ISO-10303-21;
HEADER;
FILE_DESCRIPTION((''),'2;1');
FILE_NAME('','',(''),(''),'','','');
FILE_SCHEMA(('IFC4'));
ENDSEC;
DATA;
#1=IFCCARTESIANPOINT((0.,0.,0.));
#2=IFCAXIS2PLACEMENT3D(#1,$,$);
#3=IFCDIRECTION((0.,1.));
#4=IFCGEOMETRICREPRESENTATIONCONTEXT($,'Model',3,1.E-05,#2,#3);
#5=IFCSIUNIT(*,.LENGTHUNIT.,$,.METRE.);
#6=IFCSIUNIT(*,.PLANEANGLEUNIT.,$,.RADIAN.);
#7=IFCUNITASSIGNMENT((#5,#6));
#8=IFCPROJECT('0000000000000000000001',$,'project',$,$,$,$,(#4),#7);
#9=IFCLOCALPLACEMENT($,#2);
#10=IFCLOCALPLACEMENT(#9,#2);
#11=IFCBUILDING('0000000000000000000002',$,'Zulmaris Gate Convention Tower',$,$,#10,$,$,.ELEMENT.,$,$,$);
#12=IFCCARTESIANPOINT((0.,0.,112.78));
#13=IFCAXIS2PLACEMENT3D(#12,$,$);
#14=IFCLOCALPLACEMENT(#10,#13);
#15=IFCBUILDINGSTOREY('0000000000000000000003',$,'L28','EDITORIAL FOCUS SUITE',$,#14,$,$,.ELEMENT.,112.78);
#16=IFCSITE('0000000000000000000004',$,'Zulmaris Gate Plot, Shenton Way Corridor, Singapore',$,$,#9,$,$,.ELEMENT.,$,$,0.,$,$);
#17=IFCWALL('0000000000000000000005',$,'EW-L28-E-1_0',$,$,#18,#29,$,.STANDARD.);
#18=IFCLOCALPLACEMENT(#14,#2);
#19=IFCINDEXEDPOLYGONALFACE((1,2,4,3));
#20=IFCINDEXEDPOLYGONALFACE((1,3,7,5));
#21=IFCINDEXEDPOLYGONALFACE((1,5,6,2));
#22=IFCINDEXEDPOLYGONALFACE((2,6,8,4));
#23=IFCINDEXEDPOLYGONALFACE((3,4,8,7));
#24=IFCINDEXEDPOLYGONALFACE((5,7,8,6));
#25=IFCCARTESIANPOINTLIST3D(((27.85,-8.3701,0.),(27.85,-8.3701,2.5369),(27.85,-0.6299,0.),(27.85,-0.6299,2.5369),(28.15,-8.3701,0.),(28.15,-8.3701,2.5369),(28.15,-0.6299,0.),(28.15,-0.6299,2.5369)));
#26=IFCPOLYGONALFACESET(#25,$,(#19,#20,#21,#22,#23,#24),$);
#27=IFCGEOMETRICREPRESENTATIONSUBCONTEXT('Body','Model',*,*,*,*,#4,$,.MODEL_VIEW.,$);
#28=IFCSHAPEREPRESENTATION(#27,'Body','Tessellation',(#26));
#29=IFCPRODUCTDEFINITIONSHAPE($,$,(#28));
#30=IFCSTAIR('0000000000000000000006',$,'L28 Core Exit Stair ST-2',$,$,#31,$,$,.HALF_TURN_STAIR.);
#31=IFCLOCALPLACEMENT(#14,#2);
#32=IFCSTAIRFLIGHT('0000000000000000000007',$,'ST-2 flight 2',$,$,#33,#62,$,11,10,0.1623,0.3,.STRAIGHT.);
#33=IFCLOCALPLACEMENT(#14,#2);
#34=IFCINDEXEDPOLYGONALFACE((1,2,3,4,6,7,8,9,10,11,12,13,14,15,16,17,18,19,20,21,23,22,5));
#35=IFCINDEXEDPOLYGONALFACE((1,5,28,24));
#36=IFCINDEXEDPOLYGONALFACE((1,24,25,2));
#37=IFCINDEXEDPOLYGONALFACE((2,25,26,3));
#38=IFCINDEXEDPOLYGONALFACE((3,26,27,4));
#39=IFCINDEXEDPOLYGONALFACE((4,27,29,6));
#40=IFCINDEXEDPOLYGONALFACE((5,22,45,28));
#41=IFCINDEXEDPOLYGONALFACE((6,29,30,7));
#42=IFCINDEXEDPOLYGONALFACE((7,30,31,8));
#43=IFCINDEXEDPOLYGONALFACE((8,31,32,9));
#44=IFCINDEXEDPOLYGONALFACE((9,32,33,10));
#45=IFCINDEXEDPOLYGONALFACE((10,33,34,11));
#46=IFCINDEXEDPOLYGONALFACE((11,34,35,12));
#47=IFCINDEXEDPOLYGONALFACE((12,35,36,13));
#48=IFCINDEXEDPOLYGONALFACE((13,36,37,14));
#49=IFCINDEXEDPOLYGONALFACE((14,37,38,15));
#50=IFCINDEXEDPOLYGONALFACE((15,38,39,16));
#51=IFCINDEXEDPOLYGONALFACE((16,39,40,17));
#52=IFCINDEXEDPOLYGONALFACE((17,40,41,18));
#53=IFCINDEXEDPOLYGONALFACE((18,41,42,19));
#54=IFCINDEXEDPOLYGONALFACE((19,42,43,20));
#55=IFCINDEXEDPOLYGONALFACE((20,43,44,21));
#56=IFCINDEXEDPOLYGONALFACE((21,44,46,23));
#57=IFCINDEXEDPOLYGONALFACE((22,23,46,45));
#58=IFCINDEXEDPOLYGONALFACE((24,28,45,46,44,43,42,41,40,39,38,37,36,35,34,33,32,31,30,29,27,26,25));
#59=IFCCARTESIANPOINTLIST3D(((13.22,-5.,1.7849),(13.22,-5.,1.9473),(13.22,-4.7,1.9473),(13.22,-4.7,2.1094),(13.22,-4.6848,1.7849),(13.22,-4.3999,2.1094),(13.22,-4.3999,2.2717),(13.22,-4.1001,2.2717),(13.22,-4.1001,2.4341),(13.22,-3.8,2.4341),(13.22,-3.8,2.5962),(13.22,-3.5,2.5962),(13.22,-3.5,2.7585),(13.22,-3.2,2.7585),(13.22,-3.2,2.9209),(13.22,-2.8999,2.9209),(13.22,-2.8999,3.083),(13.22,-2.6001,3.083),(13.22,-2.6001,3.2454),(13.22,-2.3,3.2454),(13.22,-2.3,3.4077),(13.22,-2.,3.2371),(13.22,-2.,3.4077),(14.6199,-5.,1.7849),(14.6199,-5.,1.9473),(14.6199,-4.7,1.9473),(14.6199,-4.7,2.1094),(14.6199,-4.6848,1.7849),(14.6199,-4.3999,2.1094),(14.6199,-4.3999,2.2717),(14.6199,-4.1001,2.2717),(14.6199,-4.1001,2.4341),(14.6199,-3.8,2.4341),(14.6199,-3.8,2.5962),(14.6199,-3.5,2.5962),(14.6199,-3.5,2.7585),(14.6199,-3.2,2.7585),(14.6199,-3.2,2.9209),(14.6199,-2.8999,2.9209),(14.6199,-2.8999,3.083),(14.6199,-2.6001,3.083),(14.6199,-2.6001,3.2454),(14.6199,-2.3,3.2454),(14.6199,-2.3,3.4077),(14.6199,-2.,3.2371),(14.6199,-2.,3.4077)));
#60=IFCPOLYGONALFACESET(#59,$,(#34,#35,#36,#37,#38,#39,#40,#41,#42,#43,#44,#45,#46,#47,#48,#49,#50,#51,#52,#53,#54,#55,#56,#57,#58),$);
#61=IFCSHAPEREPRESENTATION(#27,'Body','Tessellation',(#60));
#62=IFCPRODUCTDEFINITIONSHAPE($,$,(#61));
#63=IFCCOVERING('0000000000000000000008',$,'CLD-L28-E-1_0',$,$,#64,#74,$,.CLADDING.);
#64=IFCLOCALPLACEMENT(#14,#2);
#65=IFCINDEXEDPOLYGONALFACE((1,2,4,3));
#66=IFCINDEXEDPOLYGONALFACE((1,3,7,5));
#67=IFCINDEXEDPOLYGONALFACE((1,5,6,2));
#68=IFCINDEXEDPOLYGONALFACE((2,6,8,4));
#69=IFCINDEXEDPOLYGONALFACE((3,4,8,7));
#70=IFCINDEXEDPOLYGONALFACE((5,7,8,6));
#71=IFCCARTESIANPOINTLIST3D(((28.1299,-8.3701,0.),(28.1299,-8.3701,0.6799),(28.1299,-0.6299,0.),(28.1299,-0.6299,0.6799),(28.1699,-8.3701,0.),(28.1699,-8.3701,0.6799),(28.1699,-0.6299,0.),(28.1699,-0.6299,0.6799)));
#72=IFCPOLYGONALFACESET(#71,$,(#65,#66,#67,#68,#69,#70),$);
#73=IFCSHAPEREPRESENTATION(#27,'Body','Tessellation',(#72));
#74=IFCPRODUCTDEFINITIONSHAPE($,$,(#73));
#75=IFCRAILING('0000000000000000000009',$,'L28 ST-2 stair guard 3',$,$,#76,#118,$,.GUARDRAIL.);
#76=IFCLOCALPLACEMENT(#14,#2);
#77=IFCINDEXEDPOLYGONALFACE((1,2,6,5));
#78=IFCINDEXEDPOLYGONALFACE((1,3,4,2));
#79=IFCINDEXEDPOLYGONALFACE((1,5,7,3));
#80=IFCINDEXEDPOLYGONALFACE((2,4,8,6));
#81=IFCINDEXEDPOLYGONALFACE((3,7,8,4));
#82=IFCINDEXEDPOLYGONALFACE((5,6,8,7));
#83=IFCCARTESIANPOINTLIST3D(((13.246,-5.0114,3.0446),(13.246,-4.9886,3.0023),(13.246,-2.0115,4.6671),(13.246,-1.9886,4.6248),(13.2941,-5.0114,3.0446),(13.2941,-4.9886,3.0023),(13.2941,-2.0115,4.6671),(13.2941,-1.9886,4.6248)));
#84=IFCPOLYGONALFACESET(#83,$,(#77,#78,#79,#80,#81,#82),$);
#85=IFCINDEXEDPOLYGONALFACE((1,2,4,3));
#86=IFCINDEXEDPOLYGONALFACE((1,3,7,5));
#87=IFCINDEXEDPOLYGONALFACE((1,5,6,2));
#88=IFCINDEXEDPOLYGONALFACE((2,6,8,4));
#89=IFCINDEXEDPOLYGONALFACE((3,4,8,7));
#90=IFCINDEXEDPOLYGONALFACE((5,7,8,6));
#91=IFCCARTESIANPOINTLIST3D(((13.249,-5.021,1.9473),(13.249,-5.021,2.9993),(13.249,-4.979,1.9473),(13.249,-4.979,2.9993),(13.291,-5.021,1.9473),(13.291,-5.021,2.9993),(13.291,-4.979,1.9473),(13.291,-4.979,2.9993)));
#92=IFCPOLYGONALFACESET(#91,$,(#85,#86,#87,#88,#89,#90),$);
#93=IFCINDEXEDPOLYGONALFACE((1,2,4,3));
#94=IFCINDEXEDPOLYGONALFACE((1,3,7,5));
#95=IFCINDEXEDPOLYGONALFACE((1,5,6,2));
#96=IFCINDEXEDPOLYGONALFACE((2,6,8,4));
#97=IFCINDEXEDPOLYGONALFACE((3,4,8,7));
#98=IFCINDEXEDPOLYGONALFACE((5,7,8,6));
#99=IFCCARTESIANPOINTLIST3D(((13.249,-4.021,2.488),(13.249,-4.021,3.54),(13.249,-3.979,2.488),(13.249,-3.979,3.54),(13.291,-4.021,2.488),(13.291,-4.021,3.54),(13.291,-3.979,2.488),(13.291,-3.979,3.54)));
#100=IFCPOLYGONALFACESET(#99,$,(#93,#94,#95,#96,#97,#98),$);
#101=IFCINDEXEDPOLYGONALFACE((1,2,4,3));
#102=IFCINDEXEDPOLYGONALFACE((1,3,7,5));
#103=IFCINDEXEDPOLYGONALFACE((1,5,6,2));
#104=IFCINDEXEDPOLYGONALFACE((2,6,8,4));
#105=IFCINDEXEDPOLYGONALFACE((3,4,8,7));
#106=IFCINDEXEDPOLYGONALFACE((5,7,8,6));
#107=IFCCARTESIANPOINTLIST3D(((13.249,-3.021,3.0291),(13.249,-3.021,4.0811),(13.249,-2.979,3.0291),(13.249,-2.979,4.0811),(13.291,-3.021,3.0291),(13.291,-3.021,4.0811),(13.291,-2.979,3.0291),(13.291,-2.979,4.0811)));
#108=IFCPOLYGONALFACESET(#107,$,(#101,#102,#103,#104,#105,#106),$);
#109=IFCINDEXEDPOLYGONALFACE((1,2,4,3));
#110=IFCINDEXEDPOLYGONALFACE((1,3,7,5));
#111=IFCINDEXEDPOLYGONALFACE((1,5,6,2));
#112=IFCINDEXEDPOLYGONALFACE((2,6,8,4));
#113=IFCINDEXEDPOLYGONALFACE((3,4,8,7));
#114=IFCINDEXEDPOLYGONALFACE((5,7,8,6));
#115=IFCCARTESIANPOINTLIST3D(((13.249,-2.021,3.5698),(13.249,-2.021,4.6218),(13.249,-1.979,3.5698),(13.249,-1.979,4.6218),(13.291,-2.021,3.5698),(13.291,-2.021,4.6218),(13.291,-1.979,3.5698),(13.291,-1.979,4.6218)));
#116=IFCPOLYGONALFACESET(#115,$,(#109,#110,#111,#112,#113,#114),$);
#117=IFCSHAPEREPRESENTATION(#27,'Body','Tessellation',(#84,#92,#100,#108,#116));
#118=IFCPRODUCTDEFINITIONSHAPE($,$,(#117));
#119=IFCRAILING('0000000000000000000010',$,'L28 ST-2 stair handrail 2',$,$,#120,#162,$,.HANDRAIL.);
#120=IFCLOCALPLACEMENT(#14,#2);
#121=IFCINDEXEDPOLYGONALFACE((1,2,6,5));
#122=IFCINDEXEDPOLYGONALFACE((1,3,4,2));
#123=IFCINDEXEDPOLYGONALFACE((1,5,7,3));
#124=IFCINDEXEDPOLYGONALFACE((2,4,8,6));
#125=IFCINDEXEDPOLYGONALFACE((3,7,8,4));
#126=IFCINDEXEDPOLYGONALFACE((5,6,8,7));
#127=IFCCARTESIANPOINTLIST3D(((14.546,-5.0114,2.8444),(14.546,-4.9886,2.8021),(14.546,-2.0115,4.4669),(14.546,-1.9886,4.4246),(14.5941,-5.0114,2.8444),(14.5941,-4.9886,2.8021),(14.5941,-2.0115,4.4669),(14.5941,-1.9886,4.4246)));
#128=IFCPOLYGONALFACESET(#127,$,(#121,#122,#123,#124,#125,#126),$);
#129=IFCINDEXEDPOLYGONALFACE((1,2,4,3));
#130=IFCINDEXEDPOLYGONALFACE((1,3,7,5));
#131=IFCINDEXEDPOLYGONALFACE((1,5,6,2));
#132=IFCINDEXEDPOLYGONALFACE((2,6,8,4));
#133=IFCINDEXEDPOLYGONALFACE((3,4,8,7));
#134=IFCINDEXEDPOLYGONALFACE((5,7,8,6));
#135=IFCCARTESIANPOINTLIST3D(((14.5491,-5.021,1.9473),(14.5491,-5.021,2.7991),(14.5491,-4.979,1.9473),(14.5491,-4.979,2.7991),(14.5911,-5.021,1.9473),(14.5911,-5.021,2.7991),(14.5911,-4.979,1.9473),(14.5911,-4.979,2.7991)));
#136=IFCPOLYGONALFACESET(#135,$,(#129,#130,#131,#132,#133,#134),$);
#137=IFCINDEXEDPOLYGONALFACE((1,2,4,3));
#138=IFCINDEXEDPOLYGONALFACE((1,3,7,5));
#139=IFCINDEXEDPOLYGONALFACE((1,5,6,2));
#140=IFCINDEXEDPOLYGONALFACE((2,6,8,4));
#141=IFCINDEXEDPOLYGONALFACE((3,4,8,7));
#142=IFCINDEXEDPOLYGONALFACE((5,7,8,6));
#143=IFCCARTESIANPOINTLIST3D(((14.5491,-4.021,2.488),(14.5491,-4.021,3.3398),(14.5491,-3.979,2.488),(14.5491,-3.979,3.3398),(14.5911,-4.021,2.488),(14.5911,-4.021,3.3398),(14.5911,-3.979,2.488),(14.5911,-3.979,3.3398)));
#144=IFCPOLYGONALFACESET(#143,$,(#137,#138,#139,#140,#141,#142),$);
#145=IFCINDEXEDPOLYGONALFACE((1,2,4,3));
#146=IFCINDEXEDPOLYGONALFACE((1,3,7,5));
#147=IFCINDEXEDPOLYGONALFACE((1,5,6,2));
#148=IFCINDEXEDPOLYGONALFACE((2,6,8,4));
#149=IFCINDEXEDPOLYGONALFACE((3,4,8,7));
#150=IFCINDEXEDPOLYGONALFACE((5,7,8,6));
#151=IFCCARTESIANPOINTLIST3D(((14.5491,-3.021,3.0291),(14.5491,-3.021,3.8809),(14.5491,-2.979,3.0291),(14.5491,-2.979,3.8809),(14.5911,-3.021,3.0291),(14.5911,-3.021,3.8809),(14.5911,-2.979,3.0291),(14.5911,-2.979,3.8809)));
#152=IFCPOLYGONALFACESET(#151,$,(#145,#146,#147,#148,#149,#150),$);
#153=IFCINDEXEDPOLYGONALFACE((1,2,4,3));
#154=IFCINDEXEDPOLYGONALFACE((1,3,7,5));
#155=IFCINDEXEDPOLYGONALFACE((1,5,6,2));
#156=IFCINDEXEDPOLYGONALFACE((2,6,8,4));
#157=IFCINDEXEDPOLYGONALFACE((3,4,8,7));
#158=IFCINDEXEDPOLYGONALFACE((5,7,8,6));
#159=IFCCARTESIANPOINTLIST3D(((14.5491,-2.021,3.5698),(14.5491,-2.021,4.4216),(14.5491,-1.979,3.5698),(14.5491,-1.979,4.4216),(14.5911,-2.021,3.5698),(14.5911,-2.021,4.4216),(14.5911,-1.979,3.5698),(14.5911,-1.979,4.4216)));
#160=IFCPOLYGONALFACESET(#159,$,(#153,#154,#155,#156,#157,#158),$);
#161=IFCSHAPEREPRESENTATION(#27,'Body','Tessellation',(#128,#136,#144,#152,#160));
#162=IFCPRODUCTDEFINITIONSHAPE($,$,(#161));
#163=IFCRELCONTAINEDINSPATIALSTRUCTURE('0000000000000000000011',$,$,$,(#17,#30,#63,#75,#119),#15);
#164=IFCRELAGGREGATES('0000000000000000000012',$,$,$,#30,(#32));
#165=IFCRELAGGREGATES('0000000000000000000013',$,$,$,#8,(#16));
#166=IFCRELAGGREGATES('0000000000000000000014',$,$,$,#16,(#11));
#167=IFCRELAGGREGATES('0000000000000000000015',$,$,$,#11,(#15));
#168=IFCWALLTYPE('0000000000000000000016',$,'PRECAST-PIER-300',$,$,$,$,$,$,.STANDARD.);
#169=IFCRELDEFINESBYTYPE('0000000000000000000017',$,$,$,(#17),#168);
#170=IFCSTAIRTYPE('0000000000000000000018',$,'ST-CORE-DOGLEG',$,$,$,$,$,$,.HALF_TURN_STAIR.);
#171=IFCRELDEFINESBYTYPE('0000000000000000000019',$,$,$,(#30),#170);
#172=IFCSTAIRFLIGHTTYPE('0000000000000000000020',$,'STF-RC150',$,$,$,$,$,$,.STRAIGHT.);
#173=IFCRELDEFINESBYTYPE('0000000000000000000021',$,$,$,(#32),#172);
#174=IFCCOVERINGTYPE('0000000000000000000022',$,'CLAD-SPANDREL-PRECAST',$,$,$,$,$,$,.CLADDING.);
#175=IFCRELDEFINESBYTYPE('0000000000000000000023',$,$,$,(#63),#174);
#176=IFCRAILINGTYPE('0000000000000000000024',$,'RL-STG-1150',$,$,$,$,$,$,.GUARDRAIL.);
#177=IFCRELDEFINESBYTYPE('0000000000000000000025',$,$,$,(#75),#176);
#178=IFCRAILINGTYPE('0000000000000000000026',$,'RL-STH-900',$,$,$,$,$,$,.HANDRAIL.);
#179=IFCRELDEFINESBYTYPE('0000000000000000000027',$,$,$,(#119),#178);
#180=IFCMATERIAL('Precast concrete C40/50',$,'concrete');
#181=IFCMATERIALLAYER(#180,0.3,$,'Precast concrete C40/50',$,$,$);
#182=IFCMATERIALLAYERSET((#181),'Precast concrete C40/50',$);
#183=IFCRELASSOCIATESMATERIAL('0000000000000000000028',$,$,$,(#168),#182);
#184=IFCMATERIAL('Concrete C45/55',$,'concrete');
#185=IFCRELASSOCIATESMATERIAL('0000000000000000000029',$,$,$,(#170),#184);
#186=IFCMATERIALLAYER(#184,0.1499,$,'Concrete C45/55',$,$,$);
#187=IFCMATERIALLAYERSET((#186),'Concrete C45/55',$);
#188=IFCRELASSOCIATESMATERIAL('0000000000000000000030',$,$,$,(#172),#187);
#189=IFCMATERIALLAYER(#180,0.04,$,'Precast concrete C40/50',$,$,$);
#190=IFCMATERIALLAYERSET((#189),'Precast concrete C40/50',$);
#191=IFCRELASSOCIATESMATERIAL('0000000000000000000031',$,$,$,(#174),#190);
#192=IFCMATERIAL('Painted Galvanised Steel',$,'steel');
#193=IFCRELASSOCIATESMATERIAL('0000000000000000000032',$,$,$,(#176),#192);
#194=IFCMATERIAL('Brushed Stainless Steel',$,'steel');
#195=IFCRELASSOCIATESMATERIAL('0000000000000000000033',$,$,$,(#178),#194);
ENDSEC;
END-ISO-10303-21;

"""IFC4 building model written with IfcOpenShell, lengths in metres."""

from ifc_helpers import new_model, si_unit, direction, frame, frame_2d, origin, origin_2d, place, context, subcontext, project, spatial, polyline, rectangle, outline, extrude, material, layer, layer_set, type_object, element, aggregate, save


model = new_model("IFC4")

# Units and contexts
model_context = context("Model", 3, precision=1e-05, world=origin(), true_north=direction((0.0, 1.0)))
body_context = subcontext(model_context, "Body", "Model", "MODEL_VIEW")
ifc_project = project(units=[si_unit("LENGTHUNIT", "METRE"), si_unit("PLANEANGLEUNIT", "RADIAN")], contexts=[model_context])

# Site, building, storey
site_placement = place(None, origin())
site = spatial("IfcSite", under=ifc_project, at=site_placement, Name="Zulmaris Gate Plot, Shenton Way Corridor, Singapore", CompositionType="ELEMENT", RefElevation=0.0)
building_placement = place(site_placement, origin())
building = spatial("IfcBuilding", under=site, at=building_placement, Name="Zulmaris Gate Convention Tower", CompositionType="ELEMENT")
storey_placement = place(building_placement, frame((0.0, 0.0, 112.78)))
storey = spatial("IfcBuildingStorey", under=building, at=storey_placement, Name="L28", Description="EDITORIAL FOCUS SUITE", CompositionType="ELEMENT", Elevation=112.78)

# Shared definitions
ifc_material_1 = material(Name="Brushed Stainless Steel", Category="steel")

# Wall
ifc_material_2 = material(Name="Precast concrete C40/50", Category="concrete")
ifc_layer_1 = layer(ifc_material_2, 0.3, Name="Precast concrete C40/50")
ifc_layer_set_1 = layer_set([ifc_layer_1], Name="Precast concrete C40/50")
wall_type_1 = type_object("IfcWallType", Name="PRECAST-PIER-300", PredefinedType="STANDARD", material=ifc_layer_set_1)
wall_1_placement = place(storey_placement, frame((28.0, -8.3701, 0.0), z_axis=(0.0, 0.0, 1.0), x_axis=(0.0, 1.0, 0.0)))
element("IfcWall", 1, at=wall_1_placement, inside=storey, type_object=wall_type_1, Name="EW-L28-E-1_0", PredefinedType="STANDARD", context=body_context, shape_type="SweptSolid", body=[
    extrude(rectangle(XDim=7.7402, YDim=0.3, at=frame_2d((3.8701, 0.0))), origin(), (0.0, 0.0, 1.0), 2.5369),
])

# Stair, stair flight
ifc_material_3 = material(Name="Concrete C45/55", Category="concrete")
stair_type = type_object("IfcStairType", Name="ST-CORE-DOGLEG", PredefinedType="HALF_TURN_STAIR", material=ifc_material_3)
stair_placement = place(storey_placement, origin())
stair = element("IfcStair", 2, at=stair_placement, inside=storey, type_object=stair_type, Name="L28 Core Exit Stair ST-2", PredefinedType="HALF_TURN_STAIR")
ifc_layer_2 = layer(ifc_material_3, 0.1499, Name="Concrete C45/55")
ifc_layer_set_2 = layer_set([ifc_layer_2], Name="Concrete C45/55")
stair_flight_type = type_object("IfcStairFlightType", Name="STF-RC150", PredefinedType="STRAIGHT", material=ifc_layer_set_2)
stair_flight_placement = place(storey_placement, frame((13.9199, -5.0, 1.7849), z_axis=(0.0, 0.0, 1.0), x_axis=(0.0, 1.0, 0.0)))
stair_flight = element("IfcStairFlight", 3, at=stair_flight_placement, type_object=stair_flight_type, Name="ST-2 flight 2", NumberOfRisers=11, NumberOfTreads=10, PredefinedType="STRAIGHT", RiserHeight=0.1623, TreadLength=0.3, context=body_context, shape_type="SweptSolid", body=[
    extrude(outline(polyline([(0.0, 0.0), (0.0, 0.1624), (0.3, 0.1624), (0.3, 0.3245), (0.6001, 0.3245), (0.6001, 0.4868), (0.8999, 0.4868), (0.8999, 0.6492), (1.2, 0.6492), (1.2, 0.8113), (1.5, 0.8113), (1.5, 0.9736), (1.8, 0.9736), (1.8, 1.136), (2.1001, 1.136), (2.1001, 1.2981), (2.3999, 1.2981), (2.3999, 1.4604), (2.7, 1.4604), (2.7, 1.6228), (3.0, 1.6228), (3.0, 1.7849), (3.0, 1.4521), (0.3152, 0.0), (0.0, 0.0)])), frame((0.0, 0.7, 0.0), z_axis=(0.0, -1.0, 0.0), x_axis=(1.0, 0.0, 0.0)), (0.0, 0.0, 1.0), 1.3999),
])
aggregate(stair, [stair_flight])

# Covering
ifc_layer_3 = layer(ifc_material_2, 0.04, Name="Precast concrete C40/50")
ifc_layer_set_3 = layer_set([ifc_layer_3], Name="Precast concrete C40/50")
covering_type = type_object("IfcCoveringType", Name="CLAD-SPANDREL-PRECAST", PredefinedType="CLADDING", material=ifc_layer_set_3)
covering_placement = place(storey_placement, frame((28.1499, -8.3701, 0.0), z_axis=(0.0, 0.0, 1.0), x_axis=(0.0, 1.0, 0.0)))
element("IfcCovering", 4, at=covering_placement, inside=storey, type_object=covering_type, Name="CLD-L28-E-1_0", PredefinedType="CLADDING", context=body_context, shape_type="SweptSolid", body=[
    extrude(rectangle(XDim=7.7402, YDim=0.04, at=frame_2d((3.8701, 0.0))), origin(), (0.0, 0.0, 1.0), 0.6799),
])

# Railings
ifc_material_4 = material(Name="Painted Galvanised Steel", Category="steel")
railing_type_1 = type_object("IfcRailingType", Name="RL-STG-1150", PredefinedType="GUARDRAIL", material=ifc_material_4)
railing_1_placement = place(storey_placement, frame((13.27, -5.0, 1.9473)))
element("IfcRailing", 5, at=railing_1_placement, inside=storey, type_object=railing_type_1, Name="L28 ST-2 stair guard 3", PredefinedType="GUARDRAIL", context=body_context, shape_type="SweptSolid", body=[
    extrude(rectangle(XDim=0.0481, YDim=0.0481, at=origin_2d()), frame((0.0, 0.0, 1.0762), z_axis=(0.0, 0.879592, 0.47573), x_axis=(-1.0, 0.0, 0.0)), (0.0, 0.0, 1.0), 3.4106),
    extrude(rectangle(XDim=0.042, YDim=0.042, at=origin_2d()), origin(), (0.0, 0.0, 1.0), 1.052),
    extrude(rectangle(XDim=0.042, YDim=0.042, at=origin_2d()), frame((0.0, 1.0, 0.5408)), (0.0, 0.0, 1.0), 1.052),
    extrude(rectangle(XDim=0.042, YDim=0.042, at=origin_2d()), frame((0.0, 2.0, 1.0818)), (0.0, 0.0, 1.0), 1.052),
    extrude(rectangle(XDim=0.042, YDim=0.042, at=origin_2d()), frame((0.0, 3.0, 1.6226)), (0.0, 0.0, 1.0), 1.052),
])
railing_type_2 = type_object("IfcRailingType", Name="RL-STH-900", PredefinedType="HANDRAIL", material=ifc_material_1)
railing_2_placement = place(storey_placement, frame((14.5701, -5.0, 1.9473)))
element("IfcRailing", 6, at=railing_2_placement, inside=storey, type_object=railing_type_2, Name="L28 ST-2 stair handrail 2", PredefinedType="HANDRAIL", context=body_context, shape_type="SweptSolid", body=[
    extrude(rectangle(XDim=0.0481, YDim=0.0481, at=origin_2d()), frame((0.0, 0.0, 0.876), z_axis=(0.0, 0.879592, 0.47573), x_axis=(-1.0, 0.0, 0.0)), (0.0, 0.0, 1.0), 3.4106),
    extrude(rectangle(XDim=0.042, YDim=0.042, at=origin_2d()), origin(), (0.0, 0.0, 1.0), 0.8518),
    extrude(rectangle(XDim=0.042, YDim=0.042, at=origin_2d()), frame((0.0, 1.0, 0.5408)), (0.0, 0.0, 1.0), 0.8518),
    extrude(rectangle(XDim=0.042, YDim=0.042, at=origin_2d()), frame((0.0, 2.0, 1.0818)), (0.0, 0.0, 1.0), 0.8518),
    extrude(rectangle(XDim=0.042, YDim=0.042, at=origin_2d()), frame((0.0, 3.0, 1.6226)), (0.0, 0.0, 1.0), 0.8518),
])

save(model, "model.ifc")
